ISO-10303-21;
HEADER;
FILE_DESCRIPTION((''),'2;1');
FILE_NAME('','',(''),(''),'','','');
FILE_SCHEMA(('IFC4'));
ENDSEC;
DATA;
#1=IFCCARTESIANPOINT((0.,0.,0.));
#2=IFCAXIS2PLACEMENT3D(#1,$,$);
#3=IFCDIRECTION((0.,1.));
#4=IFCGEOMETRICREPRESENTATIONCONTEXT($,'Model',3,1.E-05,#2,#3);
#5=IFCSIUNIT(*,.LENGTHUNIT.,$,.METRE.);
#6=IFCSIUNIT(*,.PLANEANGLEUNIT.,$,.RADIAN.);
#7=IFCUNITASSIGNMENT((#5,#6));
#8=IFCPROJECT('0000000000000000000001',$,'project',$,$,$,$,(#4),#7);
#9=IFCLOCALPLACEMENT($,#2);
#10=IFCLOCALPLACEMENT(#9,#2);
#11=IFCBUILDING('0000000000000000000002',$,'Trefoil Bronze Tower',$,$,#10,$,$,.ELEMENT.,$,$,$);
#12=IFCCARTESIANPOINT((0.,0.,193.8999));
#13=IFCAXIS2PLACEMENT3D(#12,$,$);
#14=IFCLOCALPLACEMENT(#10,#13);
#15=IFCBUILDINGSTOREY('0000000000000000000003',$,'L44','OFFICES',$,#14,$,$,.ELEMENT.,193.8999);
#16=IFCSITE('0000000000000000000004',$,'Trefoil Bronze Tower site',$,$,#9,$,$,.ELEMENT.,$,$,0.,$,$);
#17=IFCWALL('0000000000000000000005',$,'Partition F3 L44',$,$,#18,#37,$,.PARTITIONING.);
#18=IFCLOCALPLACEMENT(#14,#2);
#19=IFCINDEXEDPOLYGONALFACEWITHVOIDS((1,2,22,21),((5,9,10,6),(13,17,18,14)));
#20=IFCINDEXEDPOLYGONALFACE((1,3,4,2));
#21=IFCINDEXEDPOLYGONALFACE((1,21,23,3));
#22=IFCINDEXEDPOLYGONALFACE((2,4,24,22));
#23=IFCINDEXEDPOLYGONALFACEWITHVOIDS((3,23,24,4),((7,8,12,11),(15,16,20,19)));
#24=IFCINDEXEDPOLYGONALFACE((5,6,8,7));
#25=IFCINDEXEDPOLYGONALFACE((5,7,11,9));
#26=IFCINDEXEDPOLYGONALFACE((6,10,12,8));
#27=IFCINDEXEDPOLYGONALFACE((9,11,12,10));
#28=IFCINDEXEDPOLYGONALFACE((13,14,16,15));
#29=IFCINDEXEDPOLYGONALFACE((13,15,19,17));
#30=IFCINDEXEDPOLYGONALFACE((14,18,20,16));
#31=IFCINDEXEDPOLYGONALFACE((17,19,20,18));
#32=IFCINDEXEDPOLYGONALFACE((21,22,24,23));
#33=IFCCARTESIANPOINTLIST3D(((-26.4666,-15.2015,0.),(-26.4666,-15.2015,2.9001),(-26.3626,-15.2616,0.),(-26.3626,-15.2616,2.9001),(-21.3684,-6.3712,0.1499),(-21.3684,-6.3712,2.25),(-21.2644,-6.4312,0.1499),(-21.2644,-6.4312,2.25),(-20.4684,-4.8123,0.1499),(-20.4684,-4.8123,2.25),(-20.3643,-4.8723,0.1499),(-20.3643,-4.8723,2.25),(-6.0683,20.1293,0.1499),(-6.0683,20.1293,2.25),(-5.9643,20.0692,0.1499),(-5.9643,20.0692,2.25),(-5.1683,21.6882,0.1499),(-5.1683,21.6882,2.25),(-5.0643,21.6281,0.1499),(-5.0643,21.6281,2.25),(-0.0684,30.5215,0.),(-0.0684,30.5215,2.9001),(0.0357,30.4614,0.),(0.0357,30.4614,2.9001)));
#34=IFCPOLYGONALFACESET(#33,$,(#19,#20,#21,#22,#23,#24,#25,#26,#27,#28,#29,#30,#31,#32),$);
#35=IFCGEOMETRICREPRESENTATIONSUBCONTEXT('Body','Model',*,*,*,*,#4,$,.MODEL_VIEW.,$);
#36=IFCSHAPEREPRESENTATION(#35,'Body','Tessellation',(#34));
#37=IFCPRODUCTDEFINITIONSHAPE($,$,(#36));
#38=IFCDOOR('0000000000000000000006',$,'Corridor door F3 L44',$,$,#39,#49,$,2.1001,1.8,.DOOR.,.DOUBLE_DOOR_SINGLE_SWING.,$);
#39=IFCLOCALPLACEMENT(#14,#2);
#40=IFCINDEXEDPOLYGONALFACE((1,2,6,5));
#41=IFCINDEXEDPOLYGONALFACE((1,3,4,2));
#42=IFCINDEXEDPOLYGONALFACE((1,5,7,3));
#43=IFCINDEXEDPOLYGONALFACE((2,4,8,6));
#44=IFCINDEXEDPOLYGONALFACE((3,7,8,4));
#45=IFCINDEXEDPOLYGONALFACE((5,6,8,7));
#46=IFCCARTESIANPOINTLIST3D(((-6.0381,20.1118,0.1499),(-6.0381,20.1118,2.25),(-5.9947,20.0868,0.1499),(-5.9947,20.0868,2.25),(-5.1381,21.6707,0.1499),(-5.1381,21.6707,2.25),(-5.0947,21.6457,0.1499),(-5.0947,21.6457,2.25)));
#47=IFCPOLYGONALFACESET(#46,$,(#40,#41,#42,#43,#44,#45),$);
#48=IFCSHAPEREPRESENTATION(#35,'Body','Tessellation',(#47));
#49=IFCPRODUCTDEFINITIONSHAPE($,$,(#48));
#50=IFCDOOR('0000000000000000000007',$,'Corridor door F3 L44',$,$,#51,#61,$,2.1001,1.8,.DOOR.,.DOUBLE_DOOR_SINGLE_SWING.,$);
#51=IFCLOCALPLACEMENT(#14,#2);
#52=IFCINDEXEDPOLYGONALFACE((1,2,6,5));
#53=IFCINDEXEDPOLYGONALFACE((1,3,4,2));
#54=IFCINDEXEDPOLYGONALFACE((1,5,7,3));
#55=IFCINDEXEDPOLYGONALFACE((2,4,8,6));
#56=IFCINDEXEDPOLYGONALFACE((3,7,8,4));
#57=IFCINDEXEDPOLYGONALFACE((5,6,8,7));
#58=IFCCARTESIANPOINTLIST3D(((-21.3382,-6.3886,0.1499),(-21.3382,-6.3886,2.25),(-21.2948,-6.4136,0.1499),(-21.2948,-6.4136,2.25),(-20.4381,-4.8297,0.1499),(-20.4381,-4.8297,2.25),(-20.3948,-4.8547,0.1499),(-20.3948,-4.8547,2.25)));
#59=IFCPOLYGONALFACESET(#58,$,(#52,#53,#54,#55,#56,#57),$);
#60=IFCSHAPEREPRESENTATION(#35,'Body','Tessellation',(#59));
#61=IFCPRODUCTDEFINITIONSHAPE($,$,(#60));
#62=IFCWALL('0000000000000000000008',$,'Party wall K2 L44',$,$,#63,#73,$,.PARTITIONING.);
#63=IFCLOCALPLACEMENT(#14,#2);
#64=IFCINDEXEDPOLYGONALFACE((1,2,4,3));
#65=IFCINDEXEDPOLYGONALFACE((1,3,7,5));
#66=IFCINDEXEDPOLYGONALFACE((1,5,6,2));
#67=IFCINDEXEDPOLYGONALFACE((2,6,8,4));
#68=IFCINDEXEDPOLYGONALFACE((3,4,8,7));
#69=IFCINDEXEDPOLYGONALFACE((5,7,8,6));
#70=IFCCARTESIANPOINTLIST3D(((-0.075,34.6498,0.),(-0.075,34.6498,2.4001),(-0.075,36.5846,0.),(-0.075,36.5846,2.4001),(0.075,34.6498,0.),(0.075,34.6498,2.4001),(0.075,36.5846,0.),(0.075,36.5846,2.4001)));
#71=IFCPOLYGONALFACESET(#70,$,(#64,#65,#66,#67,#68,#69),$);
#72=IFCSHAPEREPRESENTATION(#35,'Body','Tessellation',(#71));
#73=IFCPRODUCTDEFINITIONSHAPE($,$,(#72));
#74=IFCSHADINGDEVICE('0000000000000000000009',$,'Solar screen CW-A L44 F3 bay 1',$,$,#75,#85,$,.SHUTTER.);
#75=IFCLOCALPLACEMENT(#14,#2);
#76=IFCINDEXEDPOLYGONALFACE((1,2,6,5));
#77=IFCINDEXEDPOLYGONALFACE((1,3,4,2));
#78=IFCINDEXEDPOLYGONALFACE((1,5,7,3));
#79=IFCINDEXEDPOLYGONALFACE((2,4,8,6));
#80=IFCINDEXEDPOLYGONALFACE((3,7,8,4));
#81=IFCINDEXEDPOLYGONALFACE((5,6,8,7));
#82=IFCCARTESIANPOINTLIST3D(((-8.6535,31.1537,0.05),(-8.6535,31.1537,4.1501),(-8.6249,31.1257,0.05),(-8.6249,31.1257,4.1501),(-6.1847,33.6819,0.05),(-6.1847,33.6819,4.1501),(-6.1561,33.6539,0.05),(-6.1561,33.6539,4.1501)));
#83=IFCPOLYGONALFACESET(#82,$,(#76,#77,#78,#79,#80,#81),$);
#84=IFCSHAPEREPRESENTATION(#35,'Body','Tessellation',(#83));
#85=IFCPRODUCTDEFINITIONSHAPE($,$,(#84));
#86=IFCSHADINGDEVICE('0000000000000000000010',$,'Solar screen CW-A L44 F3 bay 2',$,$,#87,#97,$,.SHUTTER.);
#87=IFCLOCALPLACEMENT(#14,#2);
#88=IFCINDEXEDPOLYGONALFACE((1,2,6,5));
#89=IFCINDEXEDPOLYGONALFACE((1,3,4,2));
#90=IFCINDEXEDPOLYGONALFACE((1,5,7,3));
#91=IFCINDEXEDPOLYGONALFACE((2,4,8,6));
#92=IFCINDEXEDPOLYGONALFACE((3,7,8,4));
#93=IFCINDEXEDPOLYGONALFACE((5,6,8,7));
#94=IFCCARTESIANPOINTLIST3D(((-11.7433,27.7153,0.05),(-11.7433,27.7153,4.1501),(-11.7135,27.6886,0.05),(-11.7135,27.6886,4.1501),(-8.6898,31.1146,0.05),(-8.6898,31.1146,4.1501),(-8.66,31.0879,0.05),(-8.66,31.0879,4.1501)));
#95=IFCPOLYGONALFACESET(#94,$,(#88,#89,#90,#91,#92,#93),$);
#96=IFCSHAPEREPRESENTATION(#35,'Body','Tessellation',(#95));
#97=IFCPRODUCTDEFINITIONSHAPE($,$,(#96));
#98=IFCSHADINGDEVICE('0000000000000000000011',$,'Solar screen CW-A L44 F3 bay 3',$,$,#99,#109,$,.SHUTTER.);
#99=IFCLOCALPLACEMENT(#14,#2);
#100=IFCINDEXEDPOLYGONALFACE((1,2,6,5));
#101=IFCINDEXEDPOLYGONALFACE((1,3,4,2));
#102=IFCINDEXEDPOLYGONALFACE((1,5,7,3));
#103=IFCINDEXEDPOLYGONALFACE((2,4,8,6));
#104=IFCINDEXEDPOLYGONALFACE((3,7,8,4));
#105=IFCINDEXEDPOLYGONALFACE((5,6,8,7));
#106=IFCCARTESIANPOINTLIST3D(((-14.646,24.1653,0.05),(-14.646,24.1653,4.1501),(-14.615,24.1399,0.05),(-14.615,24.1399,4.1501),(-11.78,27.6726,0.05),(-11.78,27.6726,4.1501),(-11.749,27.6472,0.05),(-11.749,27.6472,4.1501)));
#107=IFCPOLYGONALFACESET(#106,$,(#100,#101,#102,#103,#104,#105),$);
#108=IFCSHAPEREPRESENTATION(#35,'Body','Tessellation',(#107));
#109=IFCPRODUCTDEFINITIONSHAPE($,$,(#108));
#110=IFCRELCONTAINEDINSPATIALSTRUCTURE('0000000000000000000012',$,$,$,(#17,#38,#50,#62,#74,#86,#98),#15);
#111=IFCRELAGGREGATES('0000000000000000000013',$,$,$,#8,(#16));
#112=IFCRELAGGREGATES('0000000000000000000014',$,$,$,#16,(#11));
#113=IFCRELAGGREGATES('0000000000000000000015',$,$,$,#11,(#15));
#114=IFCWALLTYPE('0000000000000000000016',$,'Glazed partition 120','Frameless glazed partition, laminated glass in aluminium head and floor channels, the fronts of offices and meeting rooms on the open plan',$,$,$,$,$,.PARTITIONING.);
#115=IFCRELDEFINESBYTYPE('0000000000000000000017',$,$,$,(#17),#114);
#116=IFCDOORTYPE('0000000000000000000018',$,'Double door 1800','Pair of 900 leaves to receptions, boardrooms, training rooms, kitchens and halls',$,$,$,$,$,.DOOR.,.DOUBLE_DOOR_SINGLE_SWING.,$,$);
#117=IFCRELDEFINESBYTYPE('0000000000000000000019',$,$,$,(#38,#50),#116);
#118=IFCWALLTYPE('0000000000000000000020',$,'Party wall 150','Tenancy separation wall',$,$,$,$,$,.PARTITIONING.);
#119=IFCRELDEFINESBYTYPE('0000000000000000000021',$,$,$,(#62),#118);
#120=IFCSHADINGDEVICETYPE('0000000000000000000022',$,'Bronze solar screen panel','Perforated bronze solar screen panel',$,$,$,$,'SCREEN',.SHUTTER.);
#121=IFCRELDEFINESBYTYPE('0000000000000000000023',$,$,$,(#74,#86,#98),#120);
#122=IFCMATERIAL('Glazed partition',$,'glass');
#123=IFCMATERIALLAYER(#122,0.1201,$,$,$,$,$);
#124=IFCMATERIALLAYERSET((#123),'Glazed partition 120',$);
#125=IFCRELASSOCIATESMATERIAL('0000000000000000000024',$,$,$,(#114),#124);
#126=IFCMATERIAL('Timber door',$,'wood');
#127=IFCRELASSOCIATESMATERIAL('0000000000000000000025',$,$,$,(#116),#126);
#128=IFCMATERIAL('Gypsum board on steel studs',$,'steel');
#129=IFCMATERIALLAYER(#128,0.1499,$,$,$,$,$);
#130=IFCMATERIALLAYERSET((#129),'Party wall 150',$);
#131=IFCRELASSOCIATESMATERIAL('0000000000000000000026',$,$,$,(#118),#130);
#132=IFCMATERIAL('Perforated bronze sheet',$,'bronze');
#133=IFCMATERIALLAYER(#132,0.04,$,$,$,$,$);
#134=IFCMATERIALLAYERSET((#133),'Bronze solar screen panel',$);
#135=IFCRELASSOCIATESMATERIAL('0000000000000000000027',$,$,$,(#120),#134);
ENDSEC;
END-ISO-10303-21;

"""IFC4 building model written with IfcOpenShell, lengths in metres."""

from ifc_helpers import new_model, si_unit, direction, frame, frame_2d, origin, origin_2d, place, context, subcontext, project, spatial, rectangle, extrude, material, layer, layer_set, type_object, element, fill, save


model = new_model("IFC4")

# Units and contexts
model_context = context("Model", 3, precision=1e-05, world=origin(), true_north=direction((0.0, 1.0)))
body_context = subcontext(model_context, "Body", "Model", "MODEL_VIEW")
ifc_project = project(units=[si_unit("LENGTHUNIT", "METRE"), si_unit("PLANEANGLEUNIT", "RADIAN")], contexts=[model_context])

# Site, building, storey
site_placement = place(None, origin())
site = spatial("IfcSite", under=ifc_project, at=site_placement, Name="Trefoil Bronze Tower site", CompositionType="ELEMENT", RefElevation=0.0)
building_placement = place(site_placement, origin())
building = spatial("IfcBuilding", under=site, at=building_placement, Name="Trefoil Bronze Tower", CompositionType="ELEMENT")
storey_placement = place(building_placement, frame((0.0, 0.0, 193.8999)))
storey = spatial("IfcBuildingStorey", under=building, at=storey_placement, Name="L44", Description="OFFICES", CompositionType="ELEMENT", Elevation=193.8999)

# Wall, openings, doors
ifc_material_1 = material(Name="Glazed partition", Category="glass")
ifc_layer_1 = layer(ifc_material_1, 0.1201)
ifc_layer_set_1 = layer_set([ifc_layer_1], Name="Glazed partition 120")
wall_type_1 = type_object("IfcWallType", Name="Glazed partition 120", Description="Frameless glazed partition, laminated glass in aluminium head and floor channels, the fronts of offices and meeting rooms on the open plan", PredefinedType="PARTITIONING", material=ifc_layer_set_1)
wall_1_placement = place(storey_placement, frame((-0.0164, 30.4915, 0.0), z_axis=(0.0, 0.0, 1.0), x_axis=(-0.500001, -0.866025, 0.0)))
wall_1 = element("IfcWall", 1, at=wall_1_placement, inside=storey, type_object=wall_type_1, Name="Partition F3 L44", PredefinedType="PARTITIONING", context=body_context, shape_type="SweptSolid", body=[
    extrude(rectangle(XDim=52.7964, YDim=0.1201, at=frame_2d((26.3982, 0.0))), origin(), (0.0, 0.0, 1.0), 2.9001),
])
opening_1_placement = place(wall_1_placement, frame((10.2, 0.0, 0.1499)))
opening_1 = element("IfcOpeningElement", 2, at=opening_1_placement, cuts=wall_1, PredefinedType="OPENING", context=body_context, shape_type="SweptSolid", body=[
    extrude(rectangle(XDim=1.8, YDim=2.1001, at=frame_2d((0.8999, 1.05))), frame((0.0, 0.0701, 0.0), z_axis=(0.0, -1.0, 0.0), x_axis=(1.0, 0.0, 0.0)), (0.0, 0.0, 1.0), 0.1401),
])
opening_2_placement = place(wall_1_placement, frame((40.8, 0.0, 0.1499)))
opening_2 = element("IfcOpeningElement", 3, at=opening_2_placement, cuts=wall_1, PredefinedType="OPENING", context=body_context, shape_type="SweptSolid", body=[
    extrude(rectangle(XDim=1.8, YDim=2.1001, at=frame_2d((0.8999, 1.05))), frame((0.0, 0.0701, 0.0), z_axis=(0.0, -1.0, 0.0), x_axis=(1.0, 0.0, 0.0)), (0.0, 0.0, 1.0), 0.1401),
])
ifc_material_2 = material(Name="Timber door", Category="wood")
door_type = type_object("IfcDoorType", Name="Double door 1800", Description="Pair of 900 leaves to receptions, boardrooms, training rooms, kitchens and halls", OperationType="DOUBLE_DOOR_SINGLE_SWING", PredefinedType="DOOR", material=ifc_material_2)
door_1_placement = place(opening_1_placement, origin())
door_1 = element("IfcDoor", 4, at=door_1_placement, inside=storey, type_object=door_type, Name="Corridor door F3 L44", OperationType="DOUBLE_DOOR_SINGLE_SWING", OverallHeight=2.1001, OverallWidth=1.8, PredefinedType="DOOR", context=body_context, shape_type="SweptSolid", body=[
    extrude(rectangle(XDim=1.8, YDim=2.1001, at=frame_2d((0.8999, 1.05))), frame((0.0, 0.0249, 0.0), z_axis=(0.0, -1.0, 0.0), x_axis=(1.0, 0.0, 0.0)), (0.0, 0.0, 1.0), 0.05),
])
fill(opening_1, door_1)
door_2_placement = place(opening_2_placement, origin())
door_2 = element("IfcDoor", 5, at=door_2_placement, inside=storey, type_object=door_type, Name="Corridor door F3 L44", OperationType="DOUBLE_DOOR_SINGLE_SWING", OverallHeight=2.1001, OverallWidth=1.8, PredefinedType="DOOR", context=body_context, shape_type="SweptSolid", body=[
    extrude(rectangle(XDim=1.8, YDim=2.1001, at=frame_2d((0.8999, 1.05))), frame((0.0, 0.0249, 0.0), z_axis=(0.0, -1.0, 0.0), x_axis=(1.0, 0.0, 0.0)), (0.0, 0.0, 1.0), 0.05),
])
fill(opening_2, door_2)

# Wall
ifc_material_3 = material(Name="Gypsum board on steel studs", Category="steel")
ifc_layer_2 = layer(ifc_material_3, 0.1499)
ifc_layer_set_2 = layer_set([ifc_layer_2], Name="Party wall 150")
wall_type_2 = type_object("IfcWallType", Name="Party wall 150", Description="Tenancy separation wall", PredefinedType="PARTITIONING", material=ifc_layer_set_2)
wall_2_placement = place(storey_placement, frame((0.0, 34.6499, 0.0), z_axis=(0.0, 0.0, 1.0), x_axis=(0.0, 1.0, 0.0)))
element("IfcWall", 6, at=wall_2_placement, inside=storey, type_object=wall_type_2, Name="Party wall K2 L44", PredefinedType="PARTITIONING", context=body_context, shape_type="SweptSolid", body=[
    extrude(rectangle(XDim=1.9348, YDim=0.1499, at=frame_2d((0.9673, 0.0))), origin(), (0.0, 0.0, 1.0), 2.4001),
])

# Shading devices
ifc_material_4 = material(Name="Perforated bronze sheet", Category="bronze")
ifc_layer_3 = layer(ifc_material_4, 0.04)
ifc_layer_set_3 = layer_set([ifc_layer_3], Name="Bronze solar screen panel")
shading_device_type = type_object("IfcShadingDeviceType", Name="Bronze solar screen panel", Description="Perforated bronze solar screen panel", ElementType="SCREEN", PredefinedType="SHUTTER", material=ifc_layer_set_3)
shading_device_1_placement = place(storey_placement, frame((-7.4048, 32.4038, 0.05), z_axis=(0.0, 0.0, 1.0), x_axis=(-0.698652, -0.715462, 0.0)))
element("IfcShadingDevice", 7, at=shading_device_1_placement, inside=storey, type_object=shading_device_type, Name="Solar screen CW-A L44 F3 bay 1", PredefinedType="SHUTTER", context=body_context, shape_type="SweptSolid", body=[
    extrude(rectangle(XDim=3.5337, YDim=0.04, at=origin_2d()), origin(), (0.0, 0.0, 1.0), 4.1001),
])
shading_device_2_placement = place(storey_placement, frame((-10.2017, 29.4016, 0.05), z_axis=(0.0, 0.0, 1.0), x_axis=(-0.668246, -0.743941, 0.0)))
element("IfcShadingDevice", 8, at=shading_device_2_placement, inside=storey, type_object=shading_device_type, Name="Solar screen CW-A L44 F3 bay 2", PredefinedType="SHUTTER", context=body_context, shape_type="SweptSolid", body=[
    extrude(rectangle(XDim=4.5693, YDim=0.04, at=origin_2d()), origin(), (0.0, 0.0, 1.0), 4.1001),
])
shading_device_3_placement = place(storey_placement, frame((-13.1975, 25.9062, 0.05), z_axis=(0.0, 0.0, 1.0), x_axis=(-0.632753, -0.774354, 0.0)))
element("IfcShadingDevice", 9, at=shading_device_3_placement, inside=storey, type_object=shading_device_type, Name="Solar screen CW-A L44 F3 bay 3", PredefinedType="SHUTTER", context=body_context, shape_type="SweptSolid", body=[
    extrude(rectangle(XDim=4.5293, YDim=0.04, at=origin_2d()), origin(), (0.0, 0.0, 1.0), 4.1001),
])

save(model, "model.ifc")
